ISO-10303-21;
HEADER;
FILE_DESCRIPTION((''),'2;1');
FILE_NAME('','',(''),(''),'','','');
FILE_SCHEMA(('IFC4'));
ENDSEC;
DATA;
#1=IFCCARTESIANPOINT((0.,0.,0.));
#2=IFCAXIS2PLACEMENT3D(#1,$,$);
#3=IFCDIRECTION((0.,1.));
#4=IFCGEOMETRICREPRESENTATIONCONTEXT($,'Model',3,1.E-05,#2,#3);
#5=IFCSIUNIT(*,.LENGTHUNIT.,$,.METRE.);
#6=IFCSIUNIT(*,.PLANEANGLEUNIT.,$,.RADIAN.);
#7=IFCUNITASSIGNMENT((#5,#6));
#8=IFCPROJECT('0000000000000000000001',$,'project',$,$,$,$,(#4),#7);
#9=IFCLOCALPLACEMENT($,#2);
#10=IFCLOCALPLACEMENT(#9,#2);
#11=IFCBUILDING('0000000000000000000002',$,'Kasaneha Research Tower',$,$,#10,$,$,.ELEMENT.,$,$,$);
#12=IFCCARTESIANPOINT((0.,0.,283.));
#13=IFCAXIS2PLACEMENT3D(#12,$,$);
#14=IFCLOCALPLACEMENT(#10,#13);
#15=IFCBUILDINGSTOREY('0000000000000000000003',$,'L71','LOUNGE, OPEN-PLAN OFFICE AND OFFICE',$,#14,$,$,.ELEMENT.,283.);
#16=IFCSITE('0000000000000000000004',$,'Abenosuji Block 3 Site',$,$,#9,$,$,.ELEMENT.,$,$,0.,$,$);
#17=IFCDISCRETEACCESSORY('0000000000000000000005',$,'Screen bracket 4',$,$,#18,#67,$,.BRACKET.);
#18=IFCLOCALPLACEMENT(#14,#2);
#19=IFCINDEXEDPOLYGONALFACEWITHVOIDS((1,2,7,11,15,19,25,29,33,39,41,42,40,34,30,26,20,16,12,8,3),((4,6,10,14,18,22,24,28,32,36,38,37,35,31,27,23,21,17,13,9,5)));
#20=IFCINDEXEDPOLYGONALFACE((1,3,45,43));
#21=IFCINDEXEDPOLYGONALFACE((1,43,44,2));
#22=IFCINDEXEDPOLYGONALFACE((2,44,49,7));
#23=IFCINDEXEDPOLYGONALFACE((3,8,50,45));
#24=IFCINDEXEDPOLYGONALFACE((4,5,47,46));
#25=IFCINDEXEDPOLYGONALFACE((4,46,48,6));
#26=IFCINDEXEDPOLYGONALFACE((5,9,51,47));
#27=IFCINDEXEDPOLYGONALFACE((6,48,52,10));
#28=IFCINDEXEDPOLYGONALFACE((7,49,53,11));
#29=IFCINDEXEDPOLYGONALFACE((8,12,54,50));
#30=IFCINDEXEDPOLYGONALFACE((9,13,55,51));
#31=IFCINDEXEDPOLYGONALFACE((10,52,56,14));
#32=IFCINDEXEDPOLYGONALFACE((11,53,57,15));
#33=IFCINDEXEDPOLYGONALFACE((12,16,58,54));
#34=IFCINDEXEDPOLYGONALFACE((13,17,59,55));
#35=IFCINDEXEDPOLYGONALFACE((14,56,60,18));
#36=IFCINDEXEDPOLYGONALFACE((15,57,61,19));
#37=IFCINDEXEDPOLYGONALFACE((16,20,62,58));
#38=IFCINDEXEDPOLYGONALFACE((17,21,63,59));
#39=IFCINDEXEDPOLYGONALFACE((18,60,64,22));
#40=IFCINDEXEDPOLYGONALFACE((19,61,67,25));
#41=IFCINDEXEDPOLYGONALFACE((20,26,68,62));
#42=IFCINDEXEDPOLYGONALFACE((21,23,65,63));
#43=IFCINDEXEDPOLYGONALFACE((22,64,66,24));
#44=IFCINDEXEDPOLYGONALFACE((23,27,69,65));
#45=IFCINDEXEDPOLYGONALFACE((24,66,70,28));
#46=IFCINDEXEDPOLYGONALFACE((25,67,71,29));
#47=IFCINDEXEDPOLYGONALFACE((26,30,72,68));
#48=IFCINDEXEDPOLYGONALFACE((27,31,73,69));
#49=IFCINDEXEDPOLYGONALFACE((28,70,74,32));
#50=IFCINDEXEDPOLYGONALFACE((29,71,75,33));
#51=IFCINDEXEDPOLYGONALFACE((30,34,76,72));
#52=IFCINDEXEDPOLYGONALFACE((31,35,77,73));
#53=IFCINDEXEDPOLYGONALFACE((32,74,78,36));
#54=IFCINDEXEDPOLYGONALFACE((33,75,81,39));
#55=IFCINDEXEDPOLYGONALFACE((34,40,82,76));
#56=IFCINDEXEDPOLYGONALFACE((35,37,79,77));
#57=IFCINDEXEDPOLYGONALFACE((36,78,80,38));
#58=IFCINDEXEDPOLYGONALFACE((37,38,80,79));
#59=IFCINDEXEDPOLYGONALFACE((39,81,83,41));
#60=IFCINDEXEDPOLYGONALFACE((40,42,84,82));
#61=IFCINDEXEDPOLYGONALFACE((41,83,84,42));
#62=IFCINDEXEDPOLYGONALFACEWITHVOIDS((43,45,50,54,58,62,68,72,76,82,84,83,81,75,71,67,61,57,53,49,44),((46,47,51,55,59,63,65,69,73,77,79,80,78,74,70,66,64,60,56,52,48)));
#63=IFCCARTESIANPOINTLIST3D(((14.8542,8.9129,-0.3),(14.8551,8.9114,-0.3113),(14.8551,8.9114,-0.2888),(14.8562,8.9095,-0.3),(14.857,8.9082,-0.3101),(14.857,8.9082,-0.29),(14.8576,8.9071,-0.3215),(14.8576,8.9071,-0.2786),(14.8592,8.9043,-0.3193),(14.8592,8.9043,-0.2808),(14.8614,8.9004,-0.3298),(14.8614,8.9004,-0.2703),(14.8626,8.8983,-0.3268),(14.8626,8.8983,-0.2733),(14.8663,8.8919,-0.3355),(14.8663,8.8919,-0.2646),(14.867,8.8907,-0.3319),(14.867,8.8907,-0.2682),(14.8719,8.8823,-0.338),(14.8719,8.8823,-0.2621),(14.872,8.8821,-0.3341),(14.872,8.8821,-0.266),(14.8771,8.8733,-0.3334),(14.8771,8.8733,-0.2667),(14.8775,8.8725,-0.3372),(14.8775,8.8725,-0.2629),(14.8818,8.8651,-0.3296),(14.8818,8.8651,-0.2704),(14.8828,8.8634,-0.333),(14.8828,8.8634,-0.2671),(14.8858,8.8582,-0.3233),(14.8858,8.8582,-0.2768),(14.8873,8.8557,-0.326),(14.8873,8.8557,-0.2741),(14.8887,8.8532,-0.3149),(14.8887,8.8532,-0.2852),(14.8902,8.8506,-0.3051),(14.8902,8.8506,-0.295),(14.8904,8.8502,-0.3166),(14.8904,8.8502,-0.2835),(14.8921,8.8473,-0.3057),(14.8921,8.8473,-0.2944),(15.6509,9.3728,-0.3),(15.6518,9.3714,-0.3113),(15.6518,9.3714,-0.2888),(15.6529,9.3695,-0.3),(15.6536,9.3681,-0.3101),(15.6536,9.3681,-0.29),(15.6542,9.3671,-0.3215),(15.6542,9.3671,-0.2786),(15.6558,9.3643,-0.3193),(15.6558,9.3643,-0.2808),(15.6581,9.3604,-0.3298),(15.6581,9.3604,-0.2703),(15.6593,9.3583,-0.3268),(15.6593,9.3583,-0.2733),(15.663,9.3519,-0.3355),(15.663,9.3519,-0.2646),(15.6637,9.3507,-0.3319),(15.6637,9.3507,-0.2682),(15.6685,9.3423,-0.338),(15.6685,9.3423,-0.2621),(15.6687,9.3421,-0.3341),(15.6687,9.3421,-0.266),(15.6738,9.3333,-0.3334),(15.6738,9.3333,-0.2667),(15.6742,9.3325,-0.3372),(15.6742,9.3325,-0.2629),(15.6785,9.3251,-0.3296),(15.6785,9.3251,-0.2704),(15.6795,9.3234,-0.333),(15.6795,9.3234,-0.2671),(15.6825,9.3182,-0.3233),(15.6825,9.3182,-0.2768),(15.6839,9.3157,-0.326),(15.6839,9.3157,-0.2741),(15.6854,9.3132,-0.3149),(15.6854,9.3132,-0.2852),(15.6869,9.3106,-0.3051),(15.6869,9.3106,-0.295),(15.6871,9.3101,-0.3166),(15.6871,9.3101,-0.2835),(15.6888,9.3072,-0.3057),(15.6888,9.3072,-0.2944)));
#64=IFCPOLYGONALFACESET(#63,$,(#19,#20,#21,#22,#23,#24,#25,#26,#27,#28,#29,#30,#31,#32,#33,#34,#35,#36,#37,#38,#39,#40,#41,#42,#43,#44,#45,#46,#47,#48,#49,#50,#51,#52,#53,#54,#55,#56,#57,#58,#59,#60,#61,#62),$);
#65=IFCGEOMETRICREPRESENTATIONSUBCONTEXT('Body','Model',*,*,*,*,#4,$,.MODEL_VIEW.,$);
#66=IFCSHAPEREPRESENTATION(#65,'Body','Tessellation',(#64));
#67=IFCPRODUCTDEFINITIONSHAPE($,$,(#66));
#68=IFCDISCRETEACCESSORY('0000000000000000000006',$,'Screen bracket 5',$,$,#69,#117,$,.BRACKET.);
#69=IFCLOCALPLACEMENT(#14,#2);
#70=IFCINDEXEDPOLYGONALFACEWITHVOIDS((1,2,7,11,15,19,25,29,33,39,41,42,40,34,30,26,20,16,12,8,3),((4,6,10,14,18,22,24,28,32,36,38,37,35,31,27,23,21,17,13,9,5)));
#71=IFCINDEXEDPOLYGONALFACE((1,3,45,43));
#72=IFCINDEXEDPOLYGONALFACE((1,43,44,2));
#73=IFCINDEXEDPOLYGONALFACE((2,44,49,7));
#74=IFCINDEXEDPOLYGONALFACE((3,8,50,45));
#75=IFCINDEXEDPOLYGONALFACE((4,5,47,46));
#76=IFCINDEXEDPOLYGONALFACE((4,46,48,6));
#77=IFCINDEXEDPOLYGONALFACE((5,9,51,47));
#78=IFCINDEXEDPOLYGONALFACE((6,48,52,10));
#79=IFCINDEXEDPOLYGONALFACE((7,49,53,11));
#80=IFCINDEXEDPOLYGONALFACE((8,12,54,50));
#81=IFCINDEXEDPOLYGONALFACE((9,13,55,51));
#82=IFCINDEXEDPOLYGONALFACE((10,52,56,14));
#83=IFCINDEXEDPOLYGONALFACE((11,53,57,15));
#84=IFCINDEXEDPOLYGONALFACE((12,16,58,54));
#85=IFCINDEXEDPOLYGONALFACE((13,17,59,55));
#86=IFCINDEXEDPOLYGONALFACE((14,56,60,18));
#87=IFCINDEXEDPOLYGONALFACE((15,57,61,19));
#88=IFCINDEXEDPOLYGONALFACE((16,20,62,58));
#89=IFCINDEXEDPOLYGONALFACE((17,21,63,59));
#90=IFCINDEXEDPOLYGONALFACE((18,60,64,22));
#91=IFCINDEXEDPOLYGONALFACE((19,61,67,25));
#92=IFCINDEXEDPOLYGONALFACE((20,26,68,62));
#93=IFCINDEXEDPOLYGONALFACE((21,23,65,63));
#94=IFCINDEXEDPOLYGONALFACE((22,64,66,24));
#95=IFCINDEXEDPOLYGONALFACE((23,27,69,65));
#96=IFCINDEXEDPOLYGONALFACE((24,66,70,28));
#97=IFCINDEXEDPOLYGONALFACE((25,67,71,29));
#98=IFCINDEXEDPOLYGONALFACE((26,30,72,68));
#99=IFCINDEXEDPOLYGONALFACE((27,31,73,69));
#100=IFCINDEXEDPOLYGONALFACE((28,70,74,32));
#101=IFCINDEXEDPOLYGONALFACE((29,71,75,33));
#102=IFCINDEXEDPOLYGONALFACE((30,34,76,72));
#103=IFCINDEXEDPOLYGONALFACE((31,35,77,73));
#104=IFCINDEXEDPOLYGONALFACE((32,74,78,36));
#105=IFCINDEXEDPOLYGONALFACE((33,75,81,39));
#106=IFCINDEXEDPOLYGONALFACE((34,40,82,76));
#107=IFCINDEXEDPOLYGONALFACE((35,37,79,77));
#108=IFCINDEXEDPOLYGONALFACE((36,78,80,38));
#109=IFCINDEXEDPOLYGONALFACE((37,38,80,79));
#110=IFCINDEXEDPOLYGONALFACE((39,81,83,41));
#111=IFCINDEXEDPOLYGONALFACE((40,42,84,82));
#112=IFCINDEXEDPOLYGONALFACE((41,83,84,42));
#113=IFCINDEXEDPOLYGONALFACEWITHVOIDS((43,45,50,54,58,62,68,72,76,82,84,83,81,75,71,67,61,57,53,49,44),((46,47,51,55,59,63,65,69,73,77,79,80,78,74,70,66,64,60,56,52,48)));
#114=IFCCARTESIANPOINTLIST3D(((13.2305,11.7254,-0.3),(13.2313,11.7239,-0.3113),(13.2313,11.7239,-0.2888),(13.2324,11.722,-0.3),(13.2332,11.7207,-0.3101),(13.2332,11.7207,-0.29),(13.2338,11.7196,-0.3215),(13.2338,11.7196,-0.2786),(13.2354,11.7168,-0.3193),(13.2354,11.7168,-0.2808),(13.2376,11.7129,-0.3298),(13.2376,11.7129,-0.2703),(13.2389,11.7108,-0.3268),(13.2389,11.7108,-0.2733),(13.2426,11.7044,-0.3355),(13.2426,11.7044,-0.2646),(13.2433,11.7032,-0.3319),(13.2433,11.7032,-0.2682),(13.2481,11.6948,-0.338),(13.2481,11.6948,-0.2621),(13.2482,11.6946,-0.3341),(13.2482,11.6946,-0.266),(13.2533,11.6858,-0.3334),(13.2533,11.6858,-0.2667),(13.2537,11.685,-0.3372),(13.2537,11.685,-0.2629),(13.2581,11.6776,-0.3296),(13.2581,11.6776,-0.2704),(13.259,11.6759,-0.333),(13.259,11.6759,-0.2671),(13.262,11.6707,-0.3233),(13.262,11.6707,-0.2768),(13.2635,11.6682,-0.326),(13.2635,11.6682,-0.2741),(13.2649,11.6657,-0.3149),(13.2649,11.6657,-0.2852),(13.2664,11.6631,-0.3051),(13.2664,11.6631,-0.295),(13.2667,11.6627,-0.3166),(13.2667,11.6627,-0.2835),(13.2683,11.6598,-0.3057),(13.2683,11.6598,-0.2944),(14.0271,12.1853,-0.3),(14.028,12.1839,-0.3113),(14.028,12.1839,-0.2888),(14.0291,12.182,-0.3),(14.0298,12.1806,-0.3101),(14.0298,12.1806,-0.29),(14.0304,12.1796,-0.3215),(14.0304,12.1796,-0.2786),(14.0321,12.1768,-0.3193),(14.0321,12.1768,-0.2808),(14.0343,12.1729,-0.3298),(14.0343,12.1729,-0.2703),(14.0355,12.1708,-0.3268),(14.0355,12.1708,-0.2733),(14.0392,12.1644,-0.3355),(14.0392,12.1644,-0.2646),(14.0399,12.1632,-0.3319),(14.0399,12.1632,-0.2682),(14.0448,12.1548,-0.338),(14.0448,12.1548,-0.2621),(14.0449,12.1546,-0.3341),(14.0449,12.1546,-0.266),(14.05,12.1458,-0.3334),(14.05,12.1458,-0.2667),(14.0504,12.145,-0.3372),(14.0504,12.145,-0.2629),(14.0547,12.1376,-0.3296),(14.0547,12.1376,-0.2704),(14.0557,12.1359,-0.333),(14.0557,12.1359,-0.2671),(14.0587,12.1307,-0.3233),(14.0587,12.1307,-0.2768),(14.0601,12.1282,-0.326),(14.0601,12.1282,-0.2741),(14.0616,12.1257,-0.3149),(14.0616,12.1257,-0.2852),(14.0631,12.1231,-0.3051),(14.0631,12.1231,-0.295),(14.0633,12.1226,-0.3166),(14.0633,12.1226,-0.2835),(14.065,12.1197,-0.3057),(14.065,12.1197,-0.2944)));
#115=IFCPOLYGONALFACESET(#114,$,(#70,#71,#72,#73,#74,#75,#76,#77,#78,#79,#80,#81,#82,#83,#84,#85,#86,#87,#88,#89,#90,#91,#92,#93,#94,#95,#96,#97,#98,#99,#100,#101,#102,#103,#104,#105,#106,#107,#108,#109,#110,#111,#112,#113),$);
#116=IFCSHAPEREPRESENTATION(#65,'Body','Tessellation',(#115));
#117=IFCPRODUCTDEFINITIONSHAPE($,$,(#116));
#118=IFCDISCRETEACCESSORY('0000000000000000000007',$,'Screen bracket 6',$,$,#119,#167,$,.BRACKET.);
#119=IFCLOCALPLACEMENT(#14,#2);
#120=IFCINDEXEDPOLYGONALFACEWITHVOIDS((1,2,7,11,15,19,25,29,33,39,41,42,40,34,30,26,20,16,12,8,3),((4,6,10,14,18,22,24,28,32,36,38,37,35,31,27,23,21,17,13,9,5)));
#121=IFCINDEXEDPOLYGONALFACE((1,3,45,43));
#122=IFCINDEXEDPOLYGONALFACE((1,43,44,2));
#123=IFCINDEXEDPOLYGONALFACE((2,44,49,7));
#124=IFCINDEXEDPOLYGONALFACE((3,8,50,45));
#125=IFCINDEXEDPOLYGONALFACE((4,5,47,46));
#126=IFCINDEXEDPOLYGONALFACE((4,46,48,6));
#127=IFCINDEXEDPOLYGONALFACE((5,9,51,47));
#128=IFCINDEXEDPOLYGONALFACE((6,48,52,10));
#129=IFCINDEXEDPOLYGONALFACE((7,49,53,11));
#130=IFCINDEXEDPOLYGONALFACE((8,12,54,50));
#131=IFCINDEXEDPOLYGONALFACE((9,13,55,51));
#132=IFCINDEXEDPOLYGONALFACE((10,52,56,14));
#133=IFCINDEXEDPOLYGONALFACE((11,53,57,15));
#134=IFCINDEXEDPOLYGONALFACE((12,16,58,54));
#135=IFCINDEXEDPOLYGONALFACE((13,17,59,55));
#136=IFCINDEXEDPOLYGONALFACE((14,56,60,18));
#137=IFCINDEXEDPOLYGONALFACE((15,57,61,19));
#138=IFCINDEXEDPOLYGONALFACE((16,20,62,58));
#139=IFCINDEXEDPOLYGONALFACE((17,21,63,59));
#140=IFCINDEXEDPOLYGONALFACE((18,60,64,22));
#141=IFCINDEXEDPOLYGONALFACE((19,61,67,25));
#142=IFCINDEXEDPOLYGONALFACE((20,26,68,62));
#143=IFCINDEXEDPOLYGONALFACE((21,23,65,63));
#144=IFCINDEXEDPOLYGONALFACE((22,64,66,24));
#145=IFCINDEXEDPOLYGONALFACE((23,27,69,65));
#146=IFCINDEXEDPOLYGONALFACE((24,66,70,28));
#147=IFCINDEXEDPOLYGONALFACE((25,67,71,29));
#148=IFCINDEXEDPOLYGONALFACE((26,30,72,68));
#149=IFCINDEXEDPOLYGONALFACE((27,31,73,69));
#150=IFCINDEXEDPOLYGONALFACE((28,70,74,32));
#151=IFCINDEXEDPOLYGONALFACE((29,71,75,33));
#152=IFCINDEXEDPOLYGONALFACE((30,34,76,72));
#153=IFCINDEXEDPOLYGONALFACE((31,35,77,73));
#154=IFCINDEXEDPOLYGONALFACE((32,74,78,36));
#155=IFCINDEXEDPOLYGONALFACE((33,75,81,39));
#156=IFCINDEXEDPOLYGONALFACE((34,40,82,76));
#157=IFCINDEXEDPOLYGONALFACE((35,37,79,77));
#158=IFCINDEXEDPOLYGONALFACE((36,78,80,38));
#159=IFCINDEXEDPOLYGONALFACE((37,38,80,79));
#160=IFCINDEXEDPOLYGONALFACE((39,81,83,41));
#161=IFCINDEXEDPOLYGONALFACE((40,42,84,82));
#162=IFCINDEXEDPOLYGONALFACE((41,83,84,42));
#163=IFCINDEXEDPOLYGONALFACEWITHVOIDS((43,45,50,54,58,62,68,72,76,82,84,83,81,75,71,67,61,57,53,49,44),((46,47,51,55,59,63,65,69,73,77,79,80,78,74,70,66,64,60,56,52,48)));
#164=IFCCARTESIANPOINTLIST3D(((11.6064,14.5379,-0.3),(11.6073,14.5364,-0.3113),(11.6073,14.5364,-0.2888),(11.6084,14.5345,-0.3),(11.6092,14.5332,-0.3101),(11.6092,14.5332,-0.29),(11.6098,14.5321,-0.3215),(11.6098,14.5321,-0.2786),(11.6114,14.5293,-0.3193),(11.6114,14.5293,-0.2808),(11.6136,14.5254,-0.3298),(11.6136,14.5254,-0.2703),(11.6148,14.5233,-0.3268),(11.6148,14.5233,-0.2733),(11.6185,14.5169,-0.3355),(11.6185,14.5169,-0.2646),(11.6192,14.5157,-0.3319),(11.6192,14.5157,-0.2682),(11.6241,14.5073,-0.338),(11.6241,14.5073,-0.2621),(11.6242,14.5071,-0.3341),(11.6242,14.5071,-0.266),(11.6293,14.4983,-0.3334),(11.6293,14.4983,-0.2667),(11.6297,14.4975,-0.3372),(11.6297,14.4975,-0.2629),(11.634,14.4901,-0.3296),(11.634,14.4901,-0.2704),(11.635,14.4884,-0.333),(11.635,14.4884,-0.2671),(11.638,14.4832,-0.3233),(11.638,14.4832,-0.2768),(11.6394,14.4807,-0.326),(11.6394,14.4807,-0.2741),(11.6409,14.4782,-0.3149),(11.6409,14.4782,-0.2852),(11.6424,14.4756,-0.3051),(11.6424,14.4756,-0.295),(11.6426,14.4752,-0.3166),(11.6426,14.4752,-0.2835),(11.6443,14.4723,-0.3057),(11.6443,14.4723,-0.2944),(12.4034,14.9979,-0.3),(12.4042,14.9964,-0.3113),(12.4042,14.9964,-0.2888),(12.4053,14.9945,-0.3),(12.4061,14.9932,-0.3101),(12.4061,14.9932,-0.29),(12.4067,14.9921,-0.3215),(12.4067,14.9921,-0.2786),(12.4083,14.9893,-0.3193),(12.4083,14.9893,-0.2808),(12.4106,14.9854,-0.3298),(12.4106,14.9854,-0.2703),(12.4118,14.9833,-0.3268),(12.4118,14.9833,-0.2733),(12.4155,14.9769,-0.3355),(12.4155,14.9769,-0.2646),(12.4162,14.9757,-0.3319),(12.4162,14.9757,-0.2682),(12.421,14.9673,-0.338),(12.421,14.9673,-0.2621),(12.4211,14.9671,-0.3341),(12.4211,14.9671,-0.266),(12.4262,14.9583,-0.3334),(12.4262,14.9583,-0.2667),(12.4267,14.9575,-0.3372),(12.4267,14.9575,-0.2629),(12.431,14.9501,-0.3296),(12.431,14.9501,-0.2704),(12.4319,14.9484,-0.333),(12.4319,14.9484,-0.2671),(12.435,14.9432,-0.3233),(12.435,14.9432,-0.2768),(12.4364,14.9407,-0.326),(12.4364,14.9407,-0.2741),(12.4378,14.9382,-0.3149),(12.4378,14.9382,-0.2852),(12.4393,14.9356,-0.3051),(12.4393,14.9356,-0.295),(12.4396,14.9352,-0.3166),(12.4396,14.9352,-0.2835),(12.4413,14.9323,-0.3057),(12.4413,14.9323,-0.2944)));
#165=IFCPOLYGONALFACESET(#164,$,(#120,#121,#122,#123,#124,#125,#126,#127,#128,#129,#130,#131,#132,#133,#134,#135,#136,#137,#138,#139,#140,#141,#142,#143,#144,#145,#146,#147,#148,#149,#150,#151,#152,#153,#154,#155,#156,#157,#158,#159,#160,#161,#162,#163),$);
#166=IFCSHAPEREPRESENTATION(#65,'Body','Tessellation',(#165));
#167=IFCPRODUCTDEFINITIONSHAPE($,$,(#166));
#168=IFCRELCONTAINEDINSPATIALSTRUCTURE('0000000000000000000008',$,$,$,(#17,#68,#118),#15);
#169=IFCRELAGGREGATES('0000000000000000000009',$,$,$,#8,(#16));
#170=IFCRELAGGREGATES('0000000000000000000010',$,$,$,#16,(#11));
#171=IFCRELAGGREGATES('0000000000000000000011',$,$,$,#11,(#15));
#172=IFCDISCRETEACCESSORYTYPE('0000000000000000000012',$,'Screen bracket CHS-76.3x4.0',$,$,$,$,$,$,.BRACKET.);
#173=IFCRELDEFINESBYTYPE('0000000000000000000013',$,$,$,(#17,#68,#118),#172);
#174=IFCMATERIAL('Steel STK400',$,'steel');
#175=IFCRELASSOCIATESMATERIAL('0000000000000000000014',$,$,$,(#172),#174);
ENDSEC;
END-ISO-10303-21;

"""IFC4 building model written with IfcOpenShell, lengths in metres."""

from ifc_helpers import new_model, si_unit, direction, frame, origin, origin_2d, place, context, subcontext, project, spatial, hollow_circle, extrude, material, material_profile, profile_set, type_object, element, save


model = new_model("IFC4")

# Units and contexts
model_context = context("Model", 3, precision=1e-05, world=origin(), true_north=direction((0.0, 1.0)))
body_context = subcontext(model_context, "Body", "Model", "MODEL_VIEW")
ifc_project = project(units=[si_unit("LENGTHUNIT", "METRE"), si_unit("PLANEANGLEUNIT", "RADIAN")], contexts=[model_context])

# Site, building, storey
site_placement = place(None, origin())
site = spatial("IfcSite", under=ifc_project, at=site_placement, Name="Abenosuji Block 3 Site", CompositionType="ELEMENT", RefElevation=0.0)
building_placement = place(site_placement, origin())
building = spatial("IfcBuilding", under=site, at=building_placement, Name="Kasaneha Research Tower", CompositionType="ELEMENT")
storey_placement = place(building_placement, frame((0.0, 0.0, 283.0)))
storey = spatial("IfcBuildingStorey", under=building, at=storey_placement, Name="L71", Description="LOUNGE, OPEN-PLAN OFFICE AND OFFICE", CompositionType="ELEMENT", Elevation=283.0)

# Discrete accessories
ifc_material_1 = material(Name="Steel STK400", Category="steel")
ifc_material_profile_1 = material_profile(ifc_material_1, hollow_circle(Radius=0.0381, WallThickness=0.0039, at=origin_2d()), Name="CHS-76.3x4.0")
ifc_profile_set_1 = profile_set([ifc_material_profile_1], Name="Steel STK400")
discrete_accessory_type = type_object("IfcDiscreteAccessoryType", Name="Screen bracket CHS-76.3x4.0", PredefinedType="BRACKET", material=ifc_profile_set_1)
for number, where, z_axis, x_axis, name in (
    (1, (14.8733, 8.8799, -0.3), (0.866013, 0.500021, 0.0), (-0.500021, 0.866013, 0.0), "Screen bracket 4"),
    (2, (13.2495, 11.6924, -0.3), (0.866013, 0.500021, 0.0), (-0.500021, 0.866013, 0.0), "Screen bracket 5"),
):
    element("IfcDiscreteAccessory", number, at=place(storey_placement, frame(where, z_axis=z_axis, x_axis=x_axis)), inside=storey, type_object=discrete_accessory_type, Name=name, PredefinedType="BRACKET", context=body_context, shape_type="SweptSolid", body=[
        extrude(hollow_circle(Radius=0.0381, WallThickness=0.0039, at=origin_2d()), origin(), (0.0, 0.0, 1.0), 0.9199),
    ])
discrete_accessory_placement = place(storey_placement, frame((11.6255, 14.5049, -0.3), z_axis=(0.86608, 0.499906, 0.0), x_axis=(-0.499906, 0.86608, 0.0)))
element("IfcDiscreteAccessory", 3, at=discrete_accessory_placement, inside=storey, type_object=discrete_accessory_type, Name="Screen bracket 6", PredefinedType="BRACKET", context=body_context, shape_type="SweptSolid", body=[
    extrude(hollow_circle(Radius=0.0381, WallThickness=0.0039, at=origin_2d()), origin(), (0.0, 0.0, 1.0), 0.9202),
])

save(model, "model.ifc")
